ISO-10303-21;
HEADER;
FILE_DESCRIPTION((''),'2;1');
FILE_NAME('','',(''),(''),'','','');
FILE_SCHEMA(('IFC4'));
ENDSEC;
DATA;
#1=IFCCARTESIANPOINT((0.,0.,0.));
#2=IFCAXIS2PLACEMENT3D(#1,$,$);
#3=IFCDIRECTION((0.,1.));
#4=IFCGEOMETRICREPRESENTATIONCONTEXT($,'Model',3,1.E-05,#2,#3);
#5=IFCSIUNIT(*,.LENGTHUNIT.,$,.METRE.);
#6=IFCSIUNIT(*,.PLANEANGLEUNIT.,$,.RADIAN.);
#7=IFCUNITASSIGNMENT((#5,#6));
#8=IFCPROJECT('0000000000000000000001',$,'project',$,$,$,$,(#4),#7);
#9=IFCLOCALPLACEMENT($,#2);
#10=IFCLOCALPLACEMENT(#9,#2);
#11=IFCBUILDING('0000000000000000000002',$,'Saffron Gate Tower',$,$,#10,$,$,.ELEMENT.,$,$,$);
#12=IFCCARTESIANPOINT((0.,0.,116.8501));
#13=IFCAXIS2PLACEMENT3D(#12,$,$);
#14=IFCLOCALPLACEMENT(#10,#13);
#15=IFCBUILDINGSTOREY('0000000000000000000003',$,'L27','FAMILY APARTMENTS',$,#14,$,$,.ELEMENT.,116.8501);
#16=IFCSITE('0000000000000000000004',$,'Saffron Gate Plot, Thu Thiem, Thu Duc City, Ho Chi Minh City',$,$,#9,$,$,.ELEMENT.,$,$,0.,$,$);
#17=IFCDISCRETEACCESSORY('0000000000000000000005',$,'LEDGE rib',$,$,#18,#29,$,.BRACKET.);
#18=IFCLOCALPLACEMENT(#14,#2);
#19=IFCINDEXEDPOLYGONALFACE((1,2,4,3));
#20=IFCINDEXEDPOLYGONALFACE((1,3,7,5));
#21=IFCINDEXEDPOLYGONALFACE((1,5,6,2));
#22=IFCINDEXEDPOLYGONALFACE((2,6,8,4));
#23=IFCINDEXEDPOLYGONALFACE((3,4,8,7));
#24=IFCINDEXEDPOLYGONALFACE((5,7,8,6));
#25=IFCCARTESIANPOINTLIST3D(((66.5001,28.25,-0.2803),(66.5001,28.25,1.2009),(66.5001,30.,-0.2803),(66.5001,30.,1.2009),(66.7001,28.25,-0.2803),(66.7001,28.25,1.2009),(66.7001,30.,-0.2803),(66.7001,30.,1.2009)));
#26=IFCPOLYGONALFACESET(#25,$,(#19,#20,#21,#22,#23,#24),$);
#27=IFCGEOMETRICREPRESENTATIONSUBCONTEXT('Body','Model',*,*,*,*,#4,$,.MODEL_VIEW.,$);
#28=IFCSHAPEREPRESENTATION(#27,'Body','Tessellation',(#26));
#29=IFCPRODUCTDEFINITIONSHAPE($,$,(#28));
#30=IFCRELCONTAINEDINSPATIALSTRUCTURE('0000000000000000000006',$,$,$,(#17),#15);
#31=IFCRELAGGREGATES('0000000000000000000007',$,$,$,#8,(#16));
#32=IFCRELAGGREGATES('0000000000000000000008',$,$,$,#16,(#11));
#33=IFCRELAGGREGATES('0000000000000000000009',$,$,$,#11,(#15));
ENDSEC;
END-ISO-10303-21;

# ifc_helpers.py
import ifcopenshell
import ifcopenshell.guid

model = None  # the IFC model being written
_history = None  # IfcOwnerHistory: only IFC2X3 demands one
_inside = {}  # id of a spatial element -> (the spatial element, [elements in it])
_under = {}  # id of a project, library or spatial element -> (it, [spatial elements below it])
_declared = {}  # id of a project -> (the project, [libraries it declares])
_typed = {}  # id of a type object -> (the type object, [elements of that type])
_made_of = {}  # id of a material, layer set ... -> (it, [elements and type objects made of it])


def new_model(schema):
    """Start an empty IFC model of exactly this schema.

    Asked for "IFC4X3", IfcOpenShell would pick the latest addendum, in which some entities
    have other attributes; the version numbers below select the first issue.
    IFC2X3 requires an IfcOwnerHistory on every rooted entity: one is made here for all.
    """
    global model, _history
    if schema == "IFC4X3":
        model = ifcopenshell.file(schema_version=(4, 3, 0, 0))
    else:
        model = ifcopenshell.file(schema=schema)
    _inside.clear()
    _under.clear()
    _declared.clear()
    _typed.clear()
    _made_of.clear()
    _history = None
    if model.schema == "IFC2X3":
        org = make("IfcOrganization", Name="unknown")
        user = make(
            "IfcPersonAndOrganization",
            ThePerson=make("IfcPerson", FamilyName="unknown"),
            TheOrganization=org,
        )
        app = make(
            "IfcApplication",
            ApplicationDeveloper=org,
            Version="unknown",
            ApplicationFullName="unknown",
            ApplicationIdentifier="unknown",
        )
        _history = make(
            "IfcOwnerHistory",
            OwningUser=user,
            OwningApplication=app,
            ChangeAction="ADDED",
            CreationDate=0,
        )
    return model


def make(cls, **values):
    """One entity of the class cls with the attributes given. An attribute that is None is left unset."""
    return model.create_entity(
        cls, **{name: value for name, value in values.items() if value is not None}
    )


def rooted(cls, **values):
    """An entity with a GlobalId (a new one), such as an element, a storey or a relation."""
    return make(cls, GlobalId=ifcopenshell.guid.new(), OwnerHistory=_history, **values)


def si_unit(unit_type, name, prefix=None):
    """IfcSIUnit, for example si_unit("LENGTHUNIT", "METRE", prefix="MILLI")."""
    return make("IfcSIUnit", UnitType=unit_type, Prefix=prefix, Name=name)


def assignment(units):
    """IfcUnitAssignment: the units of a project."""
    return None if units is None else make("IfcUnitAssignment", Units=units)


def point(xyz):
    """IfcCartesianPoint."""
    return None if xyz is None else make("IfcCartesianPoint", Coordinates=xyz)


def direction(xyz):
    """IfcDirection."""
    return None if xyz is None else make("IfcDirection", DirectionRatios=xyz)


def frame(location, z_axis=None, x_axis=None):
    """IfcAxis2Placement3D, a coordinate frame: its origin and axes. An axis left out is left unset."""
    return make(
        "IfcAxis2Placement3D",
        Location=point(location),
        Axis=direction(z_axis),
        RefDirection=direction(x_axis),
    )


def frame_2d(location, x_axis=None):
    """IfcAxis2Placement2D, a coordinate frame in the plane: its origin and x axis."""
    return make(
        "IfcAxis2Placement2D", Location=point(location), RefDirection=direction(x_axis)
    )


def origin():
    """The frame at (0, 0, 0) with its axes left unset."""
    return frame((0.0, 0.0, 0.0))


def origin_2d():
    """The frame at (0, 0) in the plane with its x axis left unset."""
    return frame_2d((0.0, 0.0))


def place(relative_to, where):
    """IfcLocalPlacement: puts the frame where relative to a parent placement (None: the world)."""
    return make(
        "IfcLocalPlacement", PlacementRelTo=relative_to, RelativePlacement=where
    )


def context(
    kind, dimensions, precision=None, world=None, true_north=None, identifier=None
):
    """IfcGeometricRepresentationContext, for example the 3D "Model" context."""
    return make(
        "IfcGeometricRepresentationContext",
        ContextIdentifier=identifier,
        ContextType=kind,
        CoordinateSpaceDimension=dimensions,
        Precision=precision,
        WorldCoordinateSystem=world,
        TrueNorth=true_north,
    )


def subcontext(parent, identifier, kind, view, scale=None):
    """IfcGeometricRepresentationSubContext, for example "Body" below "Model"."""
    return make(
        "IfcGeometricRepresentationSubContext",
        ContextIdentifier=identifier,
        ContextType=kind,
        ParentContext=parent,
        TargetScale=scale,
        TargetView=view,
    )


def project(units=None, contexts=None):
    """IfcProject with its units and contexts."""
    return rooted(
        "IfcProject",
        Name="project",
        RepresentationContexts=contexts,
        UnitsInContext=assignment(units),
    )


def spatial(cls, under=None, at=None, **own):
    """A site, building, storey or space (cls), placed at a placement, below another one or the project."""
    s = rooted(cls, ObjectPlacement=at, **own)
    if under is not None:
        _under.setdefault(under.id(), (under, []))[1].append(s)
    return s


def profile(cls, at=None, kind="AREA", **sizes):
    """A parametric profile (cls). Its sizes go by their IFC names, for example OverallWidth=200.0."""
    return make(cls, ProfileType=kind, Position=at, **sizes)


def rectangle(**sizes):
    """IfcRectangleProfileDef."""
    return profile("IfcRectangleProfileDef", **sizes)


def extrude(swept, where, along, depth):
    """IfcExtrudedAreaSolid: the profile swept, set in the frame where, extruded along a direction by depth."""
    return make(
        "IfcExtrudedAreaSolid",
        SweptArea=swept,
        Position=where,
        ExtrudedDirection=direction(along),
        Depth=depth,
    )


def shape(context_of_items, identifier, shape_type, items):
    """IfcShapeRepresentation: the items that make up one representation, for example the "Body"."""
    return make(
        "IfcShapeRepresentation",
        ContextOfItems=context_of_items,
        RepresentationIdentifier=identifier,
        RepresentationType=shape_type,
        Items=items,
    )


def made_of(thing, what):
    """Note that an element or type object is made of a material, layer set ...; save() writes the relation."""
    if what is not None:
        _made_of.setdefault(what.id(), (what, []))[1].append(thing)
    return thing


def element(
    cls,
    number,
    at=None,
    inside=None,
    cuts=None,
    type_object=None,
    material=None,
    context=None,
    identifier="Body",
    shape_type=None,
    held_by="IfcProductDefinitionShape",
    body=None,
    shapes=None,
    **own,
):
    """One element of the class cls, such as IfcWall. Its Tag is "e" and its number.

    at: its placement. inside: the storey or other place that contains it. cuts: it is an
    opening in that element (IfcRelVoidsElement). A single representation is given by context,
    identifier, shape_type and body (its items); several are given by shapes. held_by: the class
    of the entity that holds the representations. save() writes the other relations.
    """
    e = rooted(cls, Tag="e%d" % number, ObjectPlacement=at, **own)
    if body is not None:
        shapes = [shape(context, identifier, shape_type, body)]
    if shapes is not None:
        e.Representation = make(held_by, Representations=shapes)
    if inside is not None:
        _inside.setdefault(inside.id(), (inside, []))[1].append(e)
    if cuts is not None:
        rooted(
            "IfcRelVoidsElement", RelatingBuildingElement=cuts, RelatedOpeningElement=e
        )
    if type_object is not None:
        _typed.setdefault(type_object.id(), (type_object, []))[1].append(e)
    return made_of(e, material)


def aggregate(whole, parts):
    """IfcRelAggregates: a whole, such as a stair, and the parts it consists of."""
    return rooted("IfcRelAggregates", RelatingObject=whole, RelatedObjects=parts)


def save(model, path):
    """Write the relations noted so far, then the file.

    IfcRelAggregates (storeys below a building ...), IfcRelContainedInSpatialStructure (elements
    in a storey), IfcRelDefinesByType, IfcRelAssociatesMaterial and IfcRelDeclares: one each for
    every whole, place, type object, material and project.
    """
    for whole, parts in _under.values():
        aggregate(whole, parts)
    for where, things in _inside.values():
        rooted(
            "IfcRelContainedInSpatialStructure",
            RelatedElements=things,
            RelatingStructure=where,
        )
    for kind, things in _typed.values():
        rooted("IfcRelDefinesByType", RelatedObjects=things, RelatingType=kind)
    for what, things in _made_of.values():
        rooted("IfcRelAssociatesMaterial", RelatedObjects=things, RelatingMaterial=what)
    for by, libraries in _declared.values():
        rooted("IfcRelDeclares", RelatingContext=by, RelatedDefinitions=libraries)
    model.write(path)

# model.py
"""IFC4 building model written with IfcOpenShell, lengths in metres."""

from ifc_helpers import new_model, si_unit, direction, frame, origin, origin_2d, place, context, subcontext, project, spatial, rectangle, extrude, element, save


model = new_model("IFC4")

# Units and contexts
model_context = context("Model", 3, precision=1e-05, world=origin(), true_north=direction((0.0, 1.0)))
body_context = subcontext(model_context, "Body", "Model", "MODEL_VIEW")
ifc_project = project(units=[si_unit("LENGTHUNIT", "METRE"), si_unit("PLANEANGLEUNIT", "RADIAN")], contexts=[model_context])

# Site, building, storey
site_placement = place(None, origin())
site = spatial("IfcSite", under=ifc_project, at=site_placement, Name="Saffron Gate Plot, Thu Thiem, Thu Duc City, Ho Chi Minh City", CompositionType="ELEMENT", RefElevation=0.0)
building_placement = place(site_placement, origin())
building = spatial("IfcBuilding", under=site, at=building_placement, Name="Saffron Gate Tower", CompositionType="ELEMENT")
storey_placement = place(building_placement, frame((0.0, 0.0, 116.8501)))
storey = spatial("IfcBuildingStorey", under=building, at=storey_placement, Name="L27", Description="FAMILY APARTMENTS", CompositionType="ELEMENT", Elevation=116.8501)

# Discrete accessory
discrete_accessory_1_placement = place(storey_placement, frame((66.6001, 29.125, -0.2803), z_axis=(0.0, 0.0, 1.0), x_axis=(1.0, 0.0, 0.0)))
element("IfcDiscreteAccessory", 1, at=discrete_accessory_1_placement, inside=storey, Name="LEDGE rib", PredefinedType="BRACKET", context=body_context, shape_type="SweptSolid", body=[
    extrude(rectangle(XDim=0.2, YDim=1.75, at=origin_2d()), origin(), (0.0, 0.0, 1.0), 1.4812),
])

save(model, "model.ifc")
